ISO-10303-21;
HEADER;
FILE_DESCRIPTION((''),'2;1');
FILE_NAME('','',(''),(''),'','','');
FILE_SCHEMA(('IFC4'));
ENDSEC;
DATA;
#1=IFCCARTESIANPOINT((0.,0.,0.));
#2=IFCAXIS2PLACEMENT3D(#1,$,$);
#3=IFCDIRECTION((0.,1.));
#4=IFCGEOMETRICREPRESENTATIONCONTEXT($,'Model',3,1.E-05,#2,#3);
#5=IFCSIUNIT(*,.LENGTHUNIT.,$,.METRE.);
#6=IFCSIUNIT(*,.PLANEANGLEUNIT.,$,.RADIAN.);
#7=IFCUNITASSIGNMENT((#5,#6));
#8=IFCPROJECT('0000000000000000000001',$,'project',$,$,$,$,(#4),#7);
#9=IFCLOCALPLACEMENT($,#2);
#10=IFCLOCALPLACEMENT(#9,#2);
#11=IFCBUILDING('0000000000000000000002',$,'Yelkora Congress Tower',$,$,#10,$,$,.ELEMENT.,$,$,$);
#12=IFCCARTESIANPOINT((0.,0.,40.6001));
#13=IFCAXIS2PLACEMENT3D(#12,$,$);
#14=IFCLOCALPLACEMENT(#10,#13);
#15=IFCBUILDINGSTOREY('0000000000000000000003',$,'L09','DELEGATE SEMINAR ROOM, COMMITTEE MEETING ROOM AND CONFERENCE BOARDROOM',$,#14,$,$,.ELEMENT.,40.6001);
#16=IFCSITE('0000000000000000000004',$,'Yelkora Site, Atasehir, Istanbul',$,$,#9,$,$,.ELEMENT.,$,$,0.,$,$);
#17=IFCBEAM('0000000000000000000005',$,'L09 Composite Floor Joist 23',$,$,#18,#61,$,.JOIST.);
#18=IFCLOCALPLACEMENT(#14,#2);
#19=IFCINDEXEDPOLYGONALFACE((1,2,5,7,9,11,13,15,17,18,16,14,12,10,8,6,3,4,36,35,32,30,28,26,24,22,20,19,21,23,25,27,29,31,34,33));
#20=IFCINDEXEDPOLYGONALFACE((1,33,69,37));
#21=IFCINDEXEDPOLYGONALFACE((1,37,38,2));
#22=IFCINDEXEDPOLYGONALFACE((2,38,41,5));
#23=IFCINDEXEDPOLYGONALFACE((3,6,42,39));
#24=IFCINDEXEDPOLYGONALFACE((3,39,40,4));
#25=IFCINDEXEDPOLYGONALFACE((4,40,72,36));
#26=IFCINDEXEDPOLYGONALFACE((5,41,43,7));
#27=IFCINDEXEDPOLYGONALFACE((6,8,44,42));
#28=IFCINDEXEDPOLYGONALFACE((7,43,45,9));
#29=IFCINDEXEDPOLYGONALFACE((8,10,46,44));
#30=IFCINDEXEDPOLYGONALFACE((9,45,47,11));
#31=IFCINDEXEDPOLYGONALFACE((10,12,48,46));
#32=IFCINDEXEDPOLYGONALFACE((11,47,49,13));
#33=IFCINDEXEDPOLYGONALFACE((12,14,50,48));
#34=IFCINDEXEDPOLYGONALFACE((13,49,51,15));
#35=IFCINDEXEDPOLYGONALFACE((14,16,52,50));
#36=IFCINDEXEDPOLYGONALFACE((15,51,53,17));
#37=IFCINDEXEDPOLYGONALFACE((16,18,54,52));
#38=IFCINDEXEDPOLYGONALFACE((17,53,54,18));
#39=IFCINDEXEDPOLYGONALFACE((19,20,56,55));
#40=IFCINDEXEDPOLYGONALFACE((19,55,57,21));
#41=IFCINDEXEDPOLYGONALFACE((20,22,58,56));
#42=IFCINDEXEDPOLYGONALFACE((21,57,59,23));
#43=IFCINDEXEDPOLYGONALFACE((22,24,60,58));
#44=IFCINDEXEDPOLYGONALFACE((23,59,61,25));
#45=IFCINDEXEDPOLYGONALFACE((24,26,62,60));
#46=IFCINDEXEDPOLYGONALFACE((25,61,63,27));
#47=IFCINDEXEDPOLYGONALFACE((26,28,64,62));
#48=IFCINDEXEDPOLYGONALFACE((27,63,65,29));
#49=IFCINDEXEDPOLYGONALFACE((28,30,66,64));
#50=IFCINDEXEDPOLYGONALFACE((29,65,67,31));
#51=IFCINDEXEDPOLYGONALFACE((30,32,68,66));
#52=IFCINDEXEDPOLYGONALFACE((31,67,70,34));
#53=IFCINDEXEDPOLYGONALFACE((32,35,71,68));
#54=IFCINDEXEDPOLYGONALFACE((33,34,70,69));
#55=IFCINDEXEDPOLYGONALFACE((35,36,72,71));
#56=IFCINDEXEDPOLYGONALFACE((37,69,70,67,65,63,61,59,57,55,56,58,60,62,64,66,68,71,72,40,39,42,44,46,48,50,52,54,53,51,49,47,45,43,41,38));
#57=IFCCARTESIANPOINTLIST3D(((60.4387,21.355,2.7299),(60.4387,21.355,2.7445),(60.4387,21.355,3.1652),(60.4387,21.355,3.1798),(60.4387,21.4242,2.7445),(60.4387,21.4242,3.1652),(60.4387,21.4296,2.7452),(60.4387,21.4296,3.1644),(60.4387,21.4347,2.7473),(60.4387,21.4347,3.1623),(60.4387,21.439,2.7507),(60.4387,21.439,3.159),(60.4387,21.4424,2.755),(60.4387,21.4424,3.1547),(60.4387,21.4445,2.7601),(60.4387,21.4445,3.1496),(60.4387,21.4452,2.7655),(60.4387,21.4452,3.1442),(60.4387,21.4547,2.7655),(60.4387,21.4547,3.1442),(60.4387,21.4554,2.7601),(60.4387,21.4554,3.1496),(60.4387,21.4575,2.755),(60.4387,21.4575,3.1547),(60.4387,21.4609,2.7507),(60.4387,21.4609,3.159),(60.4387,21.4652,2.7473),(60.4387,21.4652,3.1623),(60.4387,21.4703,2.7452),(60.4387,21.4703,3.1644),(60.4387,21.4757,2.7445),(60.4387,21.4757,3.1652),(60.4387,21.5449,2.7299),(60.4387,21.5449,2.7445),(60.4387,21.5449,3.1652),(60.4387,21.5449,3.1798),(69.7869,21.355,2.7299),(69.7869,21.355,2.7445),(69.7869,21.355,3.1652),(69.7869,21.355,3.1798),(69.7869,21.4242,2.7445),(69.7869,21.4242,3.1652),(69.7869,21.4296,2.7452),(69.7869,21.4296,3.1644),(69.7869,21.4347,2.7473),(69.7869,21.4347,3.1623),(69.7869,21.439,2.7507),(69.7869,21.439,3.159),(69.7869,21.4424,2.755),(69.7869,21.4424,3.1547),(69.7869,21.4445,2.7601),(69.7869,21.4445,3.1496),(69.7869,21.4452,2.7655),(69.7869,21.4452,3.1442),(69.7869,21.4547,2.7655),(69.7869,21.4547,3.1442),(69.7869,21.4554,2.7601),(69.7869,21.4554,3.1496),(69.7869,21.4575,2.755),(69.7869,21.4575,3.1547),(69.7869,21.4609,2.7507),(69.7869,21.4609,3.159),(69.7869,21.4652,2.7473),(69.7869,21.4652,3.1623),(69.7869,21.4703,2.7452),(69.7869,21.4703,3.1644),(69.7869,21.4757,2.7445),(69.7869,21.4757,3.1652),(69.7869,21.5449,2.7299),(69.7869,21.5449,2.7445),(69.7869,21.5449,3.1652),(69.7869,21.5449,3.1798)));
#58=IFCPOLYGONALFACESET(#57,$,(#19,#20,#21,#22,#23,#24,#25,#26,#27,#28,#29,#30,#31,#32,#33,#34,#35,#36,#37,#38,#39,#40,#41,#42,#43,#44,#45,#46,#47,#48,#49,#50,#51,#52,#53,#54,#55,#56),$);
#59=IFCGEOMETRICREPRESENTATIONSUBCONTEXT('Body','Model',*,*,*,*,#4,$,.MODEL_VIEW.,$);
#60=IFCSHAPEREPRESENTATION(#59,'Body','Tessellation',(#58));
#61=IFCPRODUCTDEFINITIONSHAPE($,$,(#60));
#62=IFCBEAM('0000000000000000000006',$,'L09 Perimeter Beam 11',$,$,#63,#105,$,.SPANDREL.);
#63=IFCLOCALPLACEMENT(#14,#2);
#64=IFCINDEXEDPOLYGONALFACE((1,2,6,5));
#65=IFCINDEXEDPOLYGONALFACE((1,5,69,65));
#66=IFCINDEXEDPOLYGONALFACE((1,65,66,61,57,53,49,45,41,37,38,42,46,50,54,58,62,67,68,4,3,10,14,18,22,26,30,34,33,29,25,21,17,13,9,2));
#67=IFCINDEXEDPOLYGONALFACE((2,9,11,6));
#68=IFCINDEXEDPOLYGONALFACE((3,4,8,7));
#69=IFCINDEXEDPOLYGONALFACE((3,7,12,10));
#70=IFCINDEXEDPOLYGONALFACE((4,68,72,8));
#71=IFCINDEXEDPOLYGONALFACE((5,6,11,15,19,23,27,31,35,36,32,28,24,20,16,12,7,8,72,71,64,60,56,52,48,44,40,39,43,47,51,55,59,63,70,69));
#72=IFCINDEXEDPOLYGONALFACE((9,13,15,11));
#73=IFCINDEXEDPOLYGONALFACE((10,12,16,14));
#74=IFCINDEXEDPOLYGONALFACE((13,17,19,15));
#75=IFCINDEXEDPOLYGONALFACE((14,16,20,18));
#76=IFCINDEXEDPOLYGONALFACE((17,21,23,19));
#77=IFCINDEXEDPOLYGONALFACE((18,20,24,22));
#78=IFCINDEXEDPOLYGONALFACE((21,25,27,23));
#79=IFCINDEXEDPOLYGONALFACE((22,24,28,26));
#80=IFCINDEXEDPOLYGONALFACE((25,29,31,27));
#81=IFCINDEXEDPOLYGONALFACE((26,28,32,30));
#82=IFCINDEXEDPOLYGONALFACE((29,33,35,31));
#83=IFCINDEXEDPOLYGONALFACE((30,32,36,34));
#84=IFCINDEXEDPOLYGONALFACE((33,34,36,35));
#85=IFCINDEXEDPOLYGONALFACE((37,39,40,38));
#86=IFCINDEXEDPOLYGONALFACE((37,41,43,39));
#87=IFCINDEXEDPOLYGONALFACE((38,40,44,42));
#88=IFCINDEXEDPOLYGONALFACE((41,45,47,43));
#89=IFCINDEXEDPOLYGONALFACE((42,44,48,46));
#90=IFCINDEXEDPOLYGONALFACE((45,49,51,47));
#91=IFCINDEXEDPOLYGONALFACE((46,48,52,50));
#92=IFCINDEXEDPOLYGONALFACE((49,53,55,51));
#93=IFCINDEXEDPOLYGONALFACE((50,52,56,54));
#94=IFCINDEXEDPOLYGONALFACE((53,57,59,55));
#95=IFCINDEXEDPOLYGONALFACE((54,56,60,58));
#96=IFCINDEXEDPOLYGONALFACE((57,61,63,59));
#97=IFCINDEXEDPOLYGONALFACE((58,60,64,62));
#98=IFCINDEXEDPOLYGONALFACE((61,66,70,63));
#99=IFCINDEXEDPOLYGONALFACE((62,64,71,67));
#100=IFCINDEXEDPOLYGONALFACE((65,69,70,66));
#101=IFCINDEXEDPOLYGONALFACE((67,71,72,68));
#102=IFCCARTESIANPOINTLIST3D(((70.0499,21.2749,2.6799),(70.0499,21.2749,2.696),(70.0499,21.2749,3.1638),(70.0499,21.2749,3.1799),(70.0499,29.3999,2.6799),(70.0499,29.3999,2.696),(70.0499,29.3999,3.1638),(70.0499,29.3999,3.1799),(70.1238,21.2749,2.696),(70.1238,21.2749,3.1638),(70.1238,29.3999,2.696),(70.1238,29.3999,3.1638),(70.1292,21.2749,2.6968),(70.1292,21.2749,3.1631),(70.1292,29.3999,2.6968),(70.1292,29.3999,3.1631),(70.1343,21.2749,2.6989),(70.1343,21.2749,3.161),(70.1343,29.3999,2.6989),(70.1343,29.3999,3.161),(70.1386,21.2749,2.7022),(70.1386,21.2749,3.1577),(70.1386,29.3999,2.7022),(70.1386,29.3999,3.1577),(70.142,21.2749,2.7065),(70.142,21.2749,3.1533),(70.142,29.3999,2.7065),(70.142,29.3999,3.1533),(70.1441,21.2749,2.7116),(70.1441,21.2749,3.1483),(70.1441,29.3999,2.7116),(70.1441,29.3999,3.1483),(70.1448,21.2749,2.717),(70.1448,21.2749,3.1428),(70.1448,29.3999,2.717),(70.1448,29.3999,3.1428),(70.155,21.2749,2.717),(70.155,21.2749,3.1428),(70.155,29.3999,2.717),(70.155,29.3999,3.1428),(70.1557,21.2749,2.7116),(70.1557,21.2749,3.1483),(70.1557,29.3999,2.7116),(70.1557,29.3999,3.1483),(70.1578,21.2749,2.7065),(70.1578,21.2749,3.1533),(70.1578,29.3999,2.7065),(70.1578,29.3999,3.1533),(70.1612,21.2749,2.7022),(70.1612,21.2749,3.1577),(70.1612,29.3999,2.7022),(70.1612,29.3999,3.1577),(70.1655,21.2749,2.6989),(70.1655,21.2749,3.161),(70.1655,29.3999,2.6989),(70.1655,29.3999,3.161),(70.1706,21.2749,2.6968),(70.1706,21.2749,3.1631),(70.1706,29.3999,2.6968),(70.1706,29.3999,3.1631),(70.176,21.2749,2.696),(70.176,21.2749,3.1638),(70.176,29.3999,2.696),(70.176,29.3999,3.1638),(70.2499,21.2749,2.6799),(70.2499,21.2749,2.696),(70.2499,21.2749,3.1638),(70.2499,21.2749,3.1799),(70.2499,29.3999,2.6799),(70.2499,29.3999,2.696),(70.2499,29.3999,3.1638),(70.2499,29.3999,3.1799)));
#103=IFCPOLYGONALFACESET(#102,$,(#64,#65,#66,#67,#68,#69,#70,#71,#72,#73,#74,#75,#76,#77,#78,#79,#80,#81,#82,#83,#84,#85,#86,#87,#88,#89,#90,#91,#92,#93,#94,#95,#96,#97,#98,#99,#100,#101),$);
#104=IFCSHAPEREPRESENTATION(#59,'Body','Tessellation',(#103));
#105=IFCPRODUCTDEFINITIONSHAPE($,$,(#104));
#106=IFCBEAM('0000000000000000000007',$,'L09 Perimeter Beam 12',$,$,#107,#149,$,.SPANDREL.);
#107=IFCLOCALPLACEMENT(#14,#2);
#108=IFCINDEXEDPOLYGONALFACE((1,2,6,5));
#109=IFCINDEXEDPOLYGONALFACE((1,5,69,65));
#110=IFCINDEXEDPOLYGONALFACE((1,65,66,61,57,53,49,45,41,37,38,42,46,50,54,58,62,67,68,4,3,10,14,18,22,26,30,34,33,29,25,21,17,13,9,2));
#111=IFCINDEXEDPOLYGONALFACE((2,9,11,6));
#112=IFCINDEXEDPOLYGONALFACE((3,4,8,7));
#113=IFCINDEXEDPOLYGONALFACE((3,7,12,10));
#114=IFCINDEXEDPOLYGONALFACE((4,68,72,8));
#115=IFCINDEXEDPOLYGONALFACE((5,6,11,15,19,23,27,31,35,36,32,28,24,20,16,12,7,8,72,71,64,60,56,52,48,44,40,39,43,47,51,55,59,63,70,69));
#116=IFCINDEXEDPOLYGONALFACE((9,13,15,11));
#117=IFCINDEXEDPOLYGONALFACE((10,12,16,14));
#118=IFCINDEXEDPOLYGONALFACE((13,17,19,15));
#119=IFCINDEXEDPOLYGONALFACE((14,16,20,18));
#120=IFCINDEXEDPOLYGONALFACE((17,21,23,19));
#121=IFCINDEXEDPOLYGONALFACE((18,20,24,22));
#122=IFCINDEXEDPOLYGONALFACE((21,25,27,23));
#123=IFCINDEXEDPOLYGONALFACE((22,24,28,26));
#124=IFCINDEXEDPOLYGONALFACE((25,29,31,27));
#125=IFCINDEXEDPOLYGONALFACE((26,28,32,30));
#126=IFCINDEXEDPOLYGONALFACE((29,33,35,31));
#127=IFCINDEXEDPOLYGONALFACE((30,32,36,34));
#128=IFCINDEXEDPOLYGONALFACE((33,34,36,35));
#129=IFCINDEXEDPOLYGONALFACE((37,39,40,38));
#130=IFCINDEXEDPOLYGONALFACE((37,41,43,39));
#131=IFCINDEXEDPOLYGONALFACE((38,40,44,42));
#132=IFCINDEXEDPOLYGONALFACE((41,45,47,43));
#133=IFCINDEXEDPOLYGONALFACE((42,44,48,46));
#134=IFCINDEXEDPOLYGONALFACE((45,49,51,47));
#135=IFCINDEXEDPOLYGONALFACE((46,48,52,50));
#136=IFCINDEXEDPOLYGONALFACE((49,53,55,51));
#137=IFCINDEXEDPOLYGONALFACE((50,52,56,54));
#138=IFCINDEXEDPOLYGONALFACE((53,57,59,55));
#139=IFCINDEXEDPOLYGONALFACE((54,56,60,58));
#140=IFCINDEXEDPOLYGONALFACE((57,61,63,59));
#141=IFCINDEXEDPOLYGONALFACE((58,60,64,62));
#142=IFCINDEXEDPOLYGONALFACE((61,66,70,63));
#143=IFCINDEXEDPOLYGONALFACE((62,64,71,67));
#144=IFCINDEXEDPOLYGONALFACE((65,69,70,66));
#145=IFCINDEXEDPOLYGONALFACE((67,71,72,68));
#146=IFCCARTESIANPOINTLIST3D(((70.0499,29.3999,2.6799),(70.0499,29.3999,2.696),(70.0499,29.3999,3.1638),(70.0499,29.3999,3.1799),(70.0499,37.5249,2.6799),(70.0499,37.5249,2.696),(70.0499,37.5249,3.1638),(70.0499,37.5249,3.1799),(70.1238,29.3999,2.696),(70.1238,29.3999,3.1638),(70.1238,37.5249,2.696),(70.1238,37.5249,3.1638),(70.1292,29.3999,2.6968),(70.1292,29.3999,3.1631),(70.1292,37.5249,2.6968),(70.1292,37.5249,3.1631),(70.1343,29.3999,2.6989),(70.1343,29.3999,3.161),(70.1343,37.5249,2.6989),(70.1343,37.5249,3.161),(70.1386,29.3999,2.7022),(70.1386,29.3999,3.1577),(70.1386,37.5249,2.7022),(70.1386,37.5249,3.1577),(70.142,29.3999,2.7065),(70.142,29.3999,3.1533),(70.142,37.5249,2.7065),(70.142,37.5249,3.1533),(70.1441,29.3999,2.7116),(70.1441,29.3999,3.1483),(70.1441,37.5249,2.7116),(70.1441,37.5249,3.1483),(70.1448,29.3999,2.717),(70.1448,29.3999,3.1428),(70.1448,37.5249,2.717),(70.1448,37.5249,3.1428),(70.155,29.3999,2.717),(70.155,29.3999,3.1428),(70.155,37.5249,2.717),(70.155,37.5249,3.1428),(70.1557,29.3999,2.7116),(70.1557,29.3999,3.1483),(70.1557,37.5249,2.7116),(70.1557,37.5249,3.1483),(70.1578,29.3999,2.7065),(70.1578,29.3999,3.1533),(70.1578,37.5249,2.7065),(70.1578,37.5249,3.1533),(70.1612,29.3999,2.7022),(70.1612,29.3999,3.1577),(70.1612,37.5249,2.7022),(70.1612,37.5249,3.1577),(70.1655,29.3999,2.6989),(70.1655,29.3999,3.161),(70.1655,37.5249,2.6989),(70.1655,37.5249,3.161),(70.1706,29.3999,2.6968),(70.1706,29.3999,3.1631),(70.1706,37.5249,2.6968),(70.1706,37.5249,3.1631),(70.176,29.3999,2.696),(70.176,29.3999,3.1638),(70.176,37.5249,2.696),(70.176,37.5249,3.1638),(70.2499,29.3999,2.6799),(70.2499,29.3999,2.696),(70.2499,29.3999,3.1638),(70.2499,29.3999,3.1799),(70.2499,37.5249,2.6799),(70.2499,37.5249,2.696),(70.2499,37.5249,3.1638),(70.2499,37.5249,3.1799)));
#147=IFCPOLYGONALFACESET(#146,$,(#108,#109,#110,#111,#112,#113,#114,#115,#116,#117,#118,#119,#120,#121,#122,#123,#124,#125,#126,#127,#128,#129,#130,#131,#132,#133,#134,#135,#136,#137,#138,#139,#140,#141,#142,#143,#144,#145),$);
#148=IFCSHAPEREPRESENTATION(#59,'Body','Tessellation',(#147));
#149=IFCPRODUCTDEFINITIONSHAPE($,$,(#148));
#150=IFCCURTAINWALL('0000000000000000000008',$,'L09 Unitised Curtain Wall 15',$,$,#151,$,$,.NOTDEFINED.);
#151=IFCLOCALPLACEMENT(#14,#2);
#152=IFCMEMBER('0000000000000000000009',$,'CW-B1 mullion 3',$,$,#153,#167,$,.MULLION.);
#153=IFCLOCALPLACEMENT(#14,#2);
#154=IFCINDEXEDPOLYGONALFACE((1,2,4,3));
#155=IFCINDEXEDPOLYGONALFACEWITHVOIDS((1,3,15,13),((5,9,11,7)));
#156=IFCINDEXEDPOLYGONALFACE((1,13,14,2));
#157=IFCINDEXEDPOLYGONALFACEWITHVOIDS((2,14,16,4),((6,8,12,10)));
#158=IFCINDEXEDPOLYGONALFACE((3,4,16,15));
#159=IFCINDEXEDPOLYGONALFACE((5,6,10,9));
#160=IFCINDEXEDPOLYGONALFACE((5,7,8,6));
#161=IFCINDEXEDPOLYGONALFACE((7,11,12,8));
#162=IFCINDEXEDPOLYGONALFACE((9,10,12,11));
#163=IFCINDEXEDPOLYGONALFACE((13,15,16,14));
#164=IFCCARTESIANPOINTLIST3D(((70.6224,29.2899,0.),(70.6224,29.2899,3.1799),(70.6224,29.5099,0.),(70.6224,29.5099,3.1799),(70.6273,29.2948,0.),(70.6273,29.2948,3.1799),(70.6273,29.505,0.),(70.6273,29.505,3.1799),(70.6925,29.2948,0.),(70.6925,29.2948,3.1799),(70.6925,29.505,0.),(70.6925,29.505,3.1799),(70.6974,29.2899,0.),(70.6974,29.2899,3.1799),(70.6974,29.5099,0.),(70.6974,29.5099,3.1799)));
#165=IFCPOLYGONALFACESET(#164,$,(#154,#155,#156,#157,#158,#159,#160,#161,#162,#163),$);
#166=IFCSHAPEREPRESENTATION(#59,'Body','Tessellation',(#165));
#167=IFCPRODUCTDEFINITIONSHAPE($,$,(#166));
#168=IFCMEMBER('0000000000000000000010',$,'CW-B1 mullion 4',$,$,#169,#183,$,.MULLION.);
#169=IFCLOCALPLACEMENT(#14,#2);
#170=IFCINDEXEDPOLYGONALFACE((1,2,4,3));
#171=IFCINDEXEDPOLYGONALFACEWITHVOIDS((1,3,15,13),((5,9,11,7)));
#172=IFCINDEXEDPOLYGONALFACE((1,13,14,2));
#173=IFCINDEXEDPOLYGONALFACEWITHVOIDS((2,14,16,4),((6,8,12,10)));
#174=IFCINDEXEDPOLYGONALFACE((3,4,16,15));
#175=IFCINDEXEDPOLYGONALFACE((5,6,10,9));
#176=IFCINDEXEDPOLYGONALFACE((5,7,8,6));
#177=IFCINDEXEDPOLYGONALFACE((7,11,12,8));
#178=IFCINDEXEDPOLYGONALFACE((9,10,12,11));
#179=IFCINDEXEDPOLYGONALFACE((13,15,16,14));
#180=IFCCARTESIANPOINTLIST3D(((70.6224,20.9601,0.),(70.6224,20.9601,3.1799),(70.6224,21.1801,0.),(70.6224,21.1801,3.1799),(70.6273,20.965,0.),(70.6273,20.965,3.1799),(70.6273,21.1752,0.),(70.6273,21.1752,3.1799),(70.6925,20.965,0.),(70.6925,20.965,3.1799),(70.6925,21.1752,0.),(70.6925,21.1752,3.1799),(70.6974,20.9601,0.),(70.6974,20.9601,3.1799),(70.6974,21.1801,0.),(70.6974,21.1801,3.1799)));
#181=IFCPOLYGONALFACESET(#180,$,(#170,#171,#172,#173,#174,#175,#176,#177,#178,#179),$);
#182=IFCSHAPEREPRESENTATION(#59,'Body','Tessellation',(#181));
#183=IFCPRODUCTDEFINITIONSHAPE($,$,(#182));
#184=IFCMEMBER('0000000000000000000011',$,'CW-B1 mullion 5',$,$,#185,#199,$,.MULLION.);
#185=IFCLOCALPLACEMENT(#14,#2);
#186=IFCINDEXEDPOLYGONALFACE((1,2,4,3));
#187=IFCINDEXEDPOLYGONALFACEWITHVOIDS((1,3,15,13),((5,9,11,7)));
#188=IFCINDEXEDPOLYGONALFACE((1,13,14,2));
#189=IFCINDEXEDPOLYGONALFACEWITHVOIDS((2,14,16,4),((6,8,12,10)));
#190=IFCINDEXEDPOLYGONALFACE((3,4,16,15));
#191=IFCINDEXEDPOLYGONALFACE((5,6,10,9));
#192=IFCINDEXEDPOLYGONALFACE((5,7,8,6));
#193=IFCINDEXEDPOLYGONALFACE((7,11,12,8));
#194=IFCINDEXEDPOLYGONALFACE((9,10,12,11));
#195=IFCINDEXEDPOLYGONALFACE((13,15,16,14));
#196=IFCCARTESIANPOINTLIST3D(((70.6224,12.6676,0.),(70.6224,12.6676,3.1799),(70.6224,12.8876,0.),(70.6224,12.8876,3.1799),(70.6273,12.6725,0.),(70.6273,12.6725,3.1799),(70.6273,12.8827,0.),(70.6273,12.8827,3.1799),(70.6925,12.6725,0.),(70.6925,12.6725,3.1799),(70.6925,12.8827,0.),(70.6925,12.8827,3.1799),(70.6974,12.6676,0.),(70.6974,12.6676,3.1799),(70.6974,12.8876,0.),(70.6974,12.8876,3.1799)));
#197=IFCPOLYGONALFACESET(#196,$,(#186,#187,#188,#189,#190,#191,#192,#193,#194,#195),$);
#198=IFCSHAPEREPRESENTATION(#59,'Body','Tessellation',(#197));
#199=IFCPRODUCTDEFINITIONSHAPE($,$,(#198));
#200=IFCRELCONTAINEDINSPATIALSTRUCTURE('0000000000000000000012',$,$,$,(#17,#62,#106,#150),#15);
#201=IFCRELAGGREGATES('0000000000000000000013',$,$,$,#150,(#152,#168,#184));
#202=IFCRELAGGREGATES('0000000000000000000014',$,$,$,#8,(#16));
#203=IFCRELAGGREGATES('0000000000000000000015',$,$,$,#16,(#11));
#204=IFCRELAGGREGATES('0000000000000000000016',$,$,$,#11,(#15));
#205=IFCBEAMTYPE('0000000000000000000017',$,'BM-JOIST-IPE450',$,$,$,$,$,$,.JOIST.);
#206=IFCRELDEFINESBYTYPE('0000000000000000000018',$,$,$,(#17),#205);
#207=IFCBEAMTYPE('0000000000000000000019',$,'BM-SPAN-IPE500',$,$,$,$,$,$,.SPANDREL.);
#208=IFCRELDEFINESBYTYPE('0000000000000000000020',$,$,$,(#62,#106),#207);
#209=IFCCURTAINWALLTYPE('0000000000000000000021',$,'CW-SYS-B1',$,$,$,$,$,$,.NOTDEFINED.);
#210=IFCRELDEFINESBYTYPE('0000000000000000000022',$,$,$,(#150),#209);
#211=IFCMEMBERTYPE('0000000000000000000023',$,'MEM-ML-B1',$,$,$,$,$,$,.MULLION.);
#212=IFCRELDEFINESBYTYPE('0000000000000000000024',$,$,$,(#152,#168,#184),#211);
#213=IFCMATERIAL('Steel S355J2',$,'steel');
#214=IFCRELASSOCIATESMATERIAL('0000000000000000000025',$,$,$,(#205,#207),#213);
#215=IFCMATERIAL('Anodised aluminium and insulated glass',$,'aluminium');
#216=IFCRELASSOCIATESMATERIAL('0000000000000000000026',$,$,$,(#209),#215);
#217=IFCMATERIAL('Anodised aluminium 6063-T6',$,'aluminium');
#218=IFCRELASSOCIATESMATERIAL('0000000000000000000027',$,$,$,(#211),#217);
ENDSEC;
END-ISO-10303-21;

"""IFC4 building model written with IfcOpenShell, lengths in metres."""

from ifc_helpers import new_model, si_unit, direction, frame, origin, origin_2d, place, context, subcontext, project, spatial, hollow_rectangle, i_section, extrude, material, material_profile, profile_set, type_object, element, aggregate, save


model = new_model("IFC4")

# Units and contexts
model_context = context("Model", 3, precision=1e-05, world=origin(), true_north=direction((0.0, 1.0)))
body_context = subcontext(model_context, "Body", "Model", "MODEL_VIEW")
ifc_project = project(units=[si_unit("LENGTHUNIT", "METRE"), si_unit("PLANEANGLEUNIT", "RADIAN")], contexts=[model_context])

# Site, building, storey
site_placement = place(None, origin())
site = spatial("IfcSite", under=ifc_project, at=site_placement, Name="Yelkora Site, Atasehir, Istanbul", CompositionType="ELEMENT", RefElevation=0.0)
building_placement = place(site_placement, origin())
building = spatial("IfcBuilding", under=site, at=building_placement, Name="Yelkora Congress Tower", CompositionType="ELEMENT")
storey_placement = place(building_placement, frame((0.0, 0.0, 40.6001)))
storey = spatial("IfcBuildingStorey", under=building, at=storey_placement, Name="L09", Description="DELEGATE SEMINAR ROOM, COMMITTEE MEETING ROOM AND CONFERENCE BOARDROOM", CompositionType="ELEMENT", Elevation=40.6001)

# Beams
ifc_material_1 = material(Name="Steel S355J2", Category="steel")
ifc_material_profile_1 = material_profile(ifc_material_1, i_section(OverallWidth=0.1899, OverallDepth=0.45, WebThickness=0.0095, FlangeThickness=0.0146, FilletRadius=0.021, at=origin_2d()), Name="IPE 450")
ifc_profile_set_1 = profile_set([ifc_material_profile_1], Name="Steel S355J2")
beam_type_1 = type_object("IfcBeamType", Name="BM-JOIST-IPE450", PredefinedType="JOIST", material=ifc_profile_set_1)
beam_1_placement = place(storey_placement, frame((60.4387, 21.45, 2.9548), z_axis=(1.0, 0.0, 0.0), x_axis=(0.0, 1.0, 0.0)))
element("IfcBeam", 1, at=beam_1_placement, inside=storey, type_object=beam_type_1, Name="L09 Composite Floor Joist 23", PredefinedType="JOIST", context=body_context, shape_type="SweptSolid", body=[
    extrude(i_section(OverallWidth=0.1899, OverallDepth=0.45, WebThickness=0.0095, FlangeThickness=0.0146, FilletRadius=0.021, at=origin_2d()), origin(), (0.0, 0.0, 1.0), 9.3481),
])
ifc_material_profile_2 = material_profile(ifc_material_1, i_section(OverallWidth=0.2, OverallDepth=0.5, WebThickness=0.0103, FlangeThickness=0.0161, FilletRadius=0.021, at=origin_2d()), Name="IPE 500")
ifc_profile_set_2 = profile_set([ifc_material_profile_2], Name="Steel S355J2")
beam_type_2 = type_object("IfcBeamType", Name="BM-SPAN-IPE500", PredefinedType="SPANDREL", material=ifc_profile_set_2)
for number, where, z_axis, x_axis, name in (
    (2, (70.1499, 21.2749, 2.9299), (0.0, 1.0, 0.0), (-1.0, 0.0, 0.0), "L09 Perimeter Beam 11"),
    (3, (70.1499, 29.3999, 2.9299), (0.0, 1.0, 0.0), (-1.0, 0.0, 0.0), "L09 Perimeter Beam 12"),
):
    element("IfcBeam", number, at=place(storey_placement, frame(where, z_axis=z_axis, x_axis=x_axis)), inside=storey, type_object=beam_type_2, Name=name, PredefinedType="SPANDREL", context=body_context, shape_type="SweptSolid", body=[
        extrude(i_section(OverallWidth=0.2, OverallDepth=0.5, WebThickness=0.0103, FlangeThickness=0.0161, FilletRadius=0.021, at=origin_2d()), origin(), (0.0, 0.0, 1.0), 8.125),
    ])

# Curtain wall, members
ifc_material_2 = material(Name="Anodised aluminium and insulated glass", Category="aluminium")
curtain_wall_type = type_object("IfcCurtainWallType", Name="CW-SYS-B1", PredefinedType="NOTDEFINED", material=ifc_material_2)
curtain_wall_placement = place(storey_placement, origin())
curtain_wall = element("IfcCurtainWall", 4, at=curtain_wall_placement, inside=storey, type_object=curtain_wall_type, Name="L09 Unitised Curtain Wall 15", PredefinedType="NOTDEFINED")
ifc_material_3 = material(Name="Anodised aluminium 6063-T6", Category="aluminium")
ifc_material_profile_3 = material_profile(ifc_material_3, hollow_rectangle(XDim=0.075, YDim=0.22, WallThickness=0.0049, at=origin_2d()), Name="ALU 75x220x5")
ifc_profile_set_3 = profile_set([ifc_material_profile_3], Name="Anodised aluminium 6063-T6")
member_type_1 = type_object("IfcMemberType", Name="MEM-ML-B1", PredefinedType="MULLION", material=ifc_profile_set_3)
member_1_placement = place(storey_placement, frame((70.6599, 29.3999, 0.0), z_axis=(0.0, 0.0, 1.0), x_axis=(1.0, 0.0, 0.0)))
member_1 = element("IfcMember", 5, at=member_1_placement, type_object=member_type_1, Name="CW-B1 mullion 3", PredefinedType="MULLION", context=body_context, shape_type="SweptSolid", body=[
    extrude(hollow_rectangle(XDim=0.075, YDim=0.22, WallThickness=0.0049, at=origin_2d()), origin(), (0.0, 0.0, 1.0), 3.1799),
])
member_2_placement = place(storey_placement, frame((70.6599, 21.0701, 0.0), z_axis=(0.0, 0.0, 1.0), x_axis=(1.0, 0.0, 0.0)))
member_2 = element("IfcMember", 6, at=member_2_placement, type_object=member_type_1, Name="CW-B1 mullion 4", PredefinedType="MULLION", context=body_context, shape_type="SweptSolid", body=[
    extrude(hollow_rectangle(XDim=0.075, YDim=0.22, WallThickness=0.0049, at=origin_2d()), origin(), (0.0, 0.0, 1.0), 3.1799),
])
member_3_placement = place(storey_placement, frame((70.6599, 12.7776, 0.0), z_axis=(0.0, 0.0, 1.0), x_axis=(1.0, 0.0, 0.0)))
member_3 = element("IfcMember", 7, at=member_3_placement, type_object=member_type_1, Name="CW-B1 mullion 5", PredefinedType="MULLION", context=body_context, shape_type="SweptSolid", body=[
    extrude(hollow_rectangle(XDim=0.075, YDim=0.22, WallThickness=0.0049, at=origin_2d()), origin(), (0.0, 0.0, 1.0), 3.1799),
])
aggregate(curtain_wall, [member_1, member_2, member_3])

save(model, "model.ifc")
